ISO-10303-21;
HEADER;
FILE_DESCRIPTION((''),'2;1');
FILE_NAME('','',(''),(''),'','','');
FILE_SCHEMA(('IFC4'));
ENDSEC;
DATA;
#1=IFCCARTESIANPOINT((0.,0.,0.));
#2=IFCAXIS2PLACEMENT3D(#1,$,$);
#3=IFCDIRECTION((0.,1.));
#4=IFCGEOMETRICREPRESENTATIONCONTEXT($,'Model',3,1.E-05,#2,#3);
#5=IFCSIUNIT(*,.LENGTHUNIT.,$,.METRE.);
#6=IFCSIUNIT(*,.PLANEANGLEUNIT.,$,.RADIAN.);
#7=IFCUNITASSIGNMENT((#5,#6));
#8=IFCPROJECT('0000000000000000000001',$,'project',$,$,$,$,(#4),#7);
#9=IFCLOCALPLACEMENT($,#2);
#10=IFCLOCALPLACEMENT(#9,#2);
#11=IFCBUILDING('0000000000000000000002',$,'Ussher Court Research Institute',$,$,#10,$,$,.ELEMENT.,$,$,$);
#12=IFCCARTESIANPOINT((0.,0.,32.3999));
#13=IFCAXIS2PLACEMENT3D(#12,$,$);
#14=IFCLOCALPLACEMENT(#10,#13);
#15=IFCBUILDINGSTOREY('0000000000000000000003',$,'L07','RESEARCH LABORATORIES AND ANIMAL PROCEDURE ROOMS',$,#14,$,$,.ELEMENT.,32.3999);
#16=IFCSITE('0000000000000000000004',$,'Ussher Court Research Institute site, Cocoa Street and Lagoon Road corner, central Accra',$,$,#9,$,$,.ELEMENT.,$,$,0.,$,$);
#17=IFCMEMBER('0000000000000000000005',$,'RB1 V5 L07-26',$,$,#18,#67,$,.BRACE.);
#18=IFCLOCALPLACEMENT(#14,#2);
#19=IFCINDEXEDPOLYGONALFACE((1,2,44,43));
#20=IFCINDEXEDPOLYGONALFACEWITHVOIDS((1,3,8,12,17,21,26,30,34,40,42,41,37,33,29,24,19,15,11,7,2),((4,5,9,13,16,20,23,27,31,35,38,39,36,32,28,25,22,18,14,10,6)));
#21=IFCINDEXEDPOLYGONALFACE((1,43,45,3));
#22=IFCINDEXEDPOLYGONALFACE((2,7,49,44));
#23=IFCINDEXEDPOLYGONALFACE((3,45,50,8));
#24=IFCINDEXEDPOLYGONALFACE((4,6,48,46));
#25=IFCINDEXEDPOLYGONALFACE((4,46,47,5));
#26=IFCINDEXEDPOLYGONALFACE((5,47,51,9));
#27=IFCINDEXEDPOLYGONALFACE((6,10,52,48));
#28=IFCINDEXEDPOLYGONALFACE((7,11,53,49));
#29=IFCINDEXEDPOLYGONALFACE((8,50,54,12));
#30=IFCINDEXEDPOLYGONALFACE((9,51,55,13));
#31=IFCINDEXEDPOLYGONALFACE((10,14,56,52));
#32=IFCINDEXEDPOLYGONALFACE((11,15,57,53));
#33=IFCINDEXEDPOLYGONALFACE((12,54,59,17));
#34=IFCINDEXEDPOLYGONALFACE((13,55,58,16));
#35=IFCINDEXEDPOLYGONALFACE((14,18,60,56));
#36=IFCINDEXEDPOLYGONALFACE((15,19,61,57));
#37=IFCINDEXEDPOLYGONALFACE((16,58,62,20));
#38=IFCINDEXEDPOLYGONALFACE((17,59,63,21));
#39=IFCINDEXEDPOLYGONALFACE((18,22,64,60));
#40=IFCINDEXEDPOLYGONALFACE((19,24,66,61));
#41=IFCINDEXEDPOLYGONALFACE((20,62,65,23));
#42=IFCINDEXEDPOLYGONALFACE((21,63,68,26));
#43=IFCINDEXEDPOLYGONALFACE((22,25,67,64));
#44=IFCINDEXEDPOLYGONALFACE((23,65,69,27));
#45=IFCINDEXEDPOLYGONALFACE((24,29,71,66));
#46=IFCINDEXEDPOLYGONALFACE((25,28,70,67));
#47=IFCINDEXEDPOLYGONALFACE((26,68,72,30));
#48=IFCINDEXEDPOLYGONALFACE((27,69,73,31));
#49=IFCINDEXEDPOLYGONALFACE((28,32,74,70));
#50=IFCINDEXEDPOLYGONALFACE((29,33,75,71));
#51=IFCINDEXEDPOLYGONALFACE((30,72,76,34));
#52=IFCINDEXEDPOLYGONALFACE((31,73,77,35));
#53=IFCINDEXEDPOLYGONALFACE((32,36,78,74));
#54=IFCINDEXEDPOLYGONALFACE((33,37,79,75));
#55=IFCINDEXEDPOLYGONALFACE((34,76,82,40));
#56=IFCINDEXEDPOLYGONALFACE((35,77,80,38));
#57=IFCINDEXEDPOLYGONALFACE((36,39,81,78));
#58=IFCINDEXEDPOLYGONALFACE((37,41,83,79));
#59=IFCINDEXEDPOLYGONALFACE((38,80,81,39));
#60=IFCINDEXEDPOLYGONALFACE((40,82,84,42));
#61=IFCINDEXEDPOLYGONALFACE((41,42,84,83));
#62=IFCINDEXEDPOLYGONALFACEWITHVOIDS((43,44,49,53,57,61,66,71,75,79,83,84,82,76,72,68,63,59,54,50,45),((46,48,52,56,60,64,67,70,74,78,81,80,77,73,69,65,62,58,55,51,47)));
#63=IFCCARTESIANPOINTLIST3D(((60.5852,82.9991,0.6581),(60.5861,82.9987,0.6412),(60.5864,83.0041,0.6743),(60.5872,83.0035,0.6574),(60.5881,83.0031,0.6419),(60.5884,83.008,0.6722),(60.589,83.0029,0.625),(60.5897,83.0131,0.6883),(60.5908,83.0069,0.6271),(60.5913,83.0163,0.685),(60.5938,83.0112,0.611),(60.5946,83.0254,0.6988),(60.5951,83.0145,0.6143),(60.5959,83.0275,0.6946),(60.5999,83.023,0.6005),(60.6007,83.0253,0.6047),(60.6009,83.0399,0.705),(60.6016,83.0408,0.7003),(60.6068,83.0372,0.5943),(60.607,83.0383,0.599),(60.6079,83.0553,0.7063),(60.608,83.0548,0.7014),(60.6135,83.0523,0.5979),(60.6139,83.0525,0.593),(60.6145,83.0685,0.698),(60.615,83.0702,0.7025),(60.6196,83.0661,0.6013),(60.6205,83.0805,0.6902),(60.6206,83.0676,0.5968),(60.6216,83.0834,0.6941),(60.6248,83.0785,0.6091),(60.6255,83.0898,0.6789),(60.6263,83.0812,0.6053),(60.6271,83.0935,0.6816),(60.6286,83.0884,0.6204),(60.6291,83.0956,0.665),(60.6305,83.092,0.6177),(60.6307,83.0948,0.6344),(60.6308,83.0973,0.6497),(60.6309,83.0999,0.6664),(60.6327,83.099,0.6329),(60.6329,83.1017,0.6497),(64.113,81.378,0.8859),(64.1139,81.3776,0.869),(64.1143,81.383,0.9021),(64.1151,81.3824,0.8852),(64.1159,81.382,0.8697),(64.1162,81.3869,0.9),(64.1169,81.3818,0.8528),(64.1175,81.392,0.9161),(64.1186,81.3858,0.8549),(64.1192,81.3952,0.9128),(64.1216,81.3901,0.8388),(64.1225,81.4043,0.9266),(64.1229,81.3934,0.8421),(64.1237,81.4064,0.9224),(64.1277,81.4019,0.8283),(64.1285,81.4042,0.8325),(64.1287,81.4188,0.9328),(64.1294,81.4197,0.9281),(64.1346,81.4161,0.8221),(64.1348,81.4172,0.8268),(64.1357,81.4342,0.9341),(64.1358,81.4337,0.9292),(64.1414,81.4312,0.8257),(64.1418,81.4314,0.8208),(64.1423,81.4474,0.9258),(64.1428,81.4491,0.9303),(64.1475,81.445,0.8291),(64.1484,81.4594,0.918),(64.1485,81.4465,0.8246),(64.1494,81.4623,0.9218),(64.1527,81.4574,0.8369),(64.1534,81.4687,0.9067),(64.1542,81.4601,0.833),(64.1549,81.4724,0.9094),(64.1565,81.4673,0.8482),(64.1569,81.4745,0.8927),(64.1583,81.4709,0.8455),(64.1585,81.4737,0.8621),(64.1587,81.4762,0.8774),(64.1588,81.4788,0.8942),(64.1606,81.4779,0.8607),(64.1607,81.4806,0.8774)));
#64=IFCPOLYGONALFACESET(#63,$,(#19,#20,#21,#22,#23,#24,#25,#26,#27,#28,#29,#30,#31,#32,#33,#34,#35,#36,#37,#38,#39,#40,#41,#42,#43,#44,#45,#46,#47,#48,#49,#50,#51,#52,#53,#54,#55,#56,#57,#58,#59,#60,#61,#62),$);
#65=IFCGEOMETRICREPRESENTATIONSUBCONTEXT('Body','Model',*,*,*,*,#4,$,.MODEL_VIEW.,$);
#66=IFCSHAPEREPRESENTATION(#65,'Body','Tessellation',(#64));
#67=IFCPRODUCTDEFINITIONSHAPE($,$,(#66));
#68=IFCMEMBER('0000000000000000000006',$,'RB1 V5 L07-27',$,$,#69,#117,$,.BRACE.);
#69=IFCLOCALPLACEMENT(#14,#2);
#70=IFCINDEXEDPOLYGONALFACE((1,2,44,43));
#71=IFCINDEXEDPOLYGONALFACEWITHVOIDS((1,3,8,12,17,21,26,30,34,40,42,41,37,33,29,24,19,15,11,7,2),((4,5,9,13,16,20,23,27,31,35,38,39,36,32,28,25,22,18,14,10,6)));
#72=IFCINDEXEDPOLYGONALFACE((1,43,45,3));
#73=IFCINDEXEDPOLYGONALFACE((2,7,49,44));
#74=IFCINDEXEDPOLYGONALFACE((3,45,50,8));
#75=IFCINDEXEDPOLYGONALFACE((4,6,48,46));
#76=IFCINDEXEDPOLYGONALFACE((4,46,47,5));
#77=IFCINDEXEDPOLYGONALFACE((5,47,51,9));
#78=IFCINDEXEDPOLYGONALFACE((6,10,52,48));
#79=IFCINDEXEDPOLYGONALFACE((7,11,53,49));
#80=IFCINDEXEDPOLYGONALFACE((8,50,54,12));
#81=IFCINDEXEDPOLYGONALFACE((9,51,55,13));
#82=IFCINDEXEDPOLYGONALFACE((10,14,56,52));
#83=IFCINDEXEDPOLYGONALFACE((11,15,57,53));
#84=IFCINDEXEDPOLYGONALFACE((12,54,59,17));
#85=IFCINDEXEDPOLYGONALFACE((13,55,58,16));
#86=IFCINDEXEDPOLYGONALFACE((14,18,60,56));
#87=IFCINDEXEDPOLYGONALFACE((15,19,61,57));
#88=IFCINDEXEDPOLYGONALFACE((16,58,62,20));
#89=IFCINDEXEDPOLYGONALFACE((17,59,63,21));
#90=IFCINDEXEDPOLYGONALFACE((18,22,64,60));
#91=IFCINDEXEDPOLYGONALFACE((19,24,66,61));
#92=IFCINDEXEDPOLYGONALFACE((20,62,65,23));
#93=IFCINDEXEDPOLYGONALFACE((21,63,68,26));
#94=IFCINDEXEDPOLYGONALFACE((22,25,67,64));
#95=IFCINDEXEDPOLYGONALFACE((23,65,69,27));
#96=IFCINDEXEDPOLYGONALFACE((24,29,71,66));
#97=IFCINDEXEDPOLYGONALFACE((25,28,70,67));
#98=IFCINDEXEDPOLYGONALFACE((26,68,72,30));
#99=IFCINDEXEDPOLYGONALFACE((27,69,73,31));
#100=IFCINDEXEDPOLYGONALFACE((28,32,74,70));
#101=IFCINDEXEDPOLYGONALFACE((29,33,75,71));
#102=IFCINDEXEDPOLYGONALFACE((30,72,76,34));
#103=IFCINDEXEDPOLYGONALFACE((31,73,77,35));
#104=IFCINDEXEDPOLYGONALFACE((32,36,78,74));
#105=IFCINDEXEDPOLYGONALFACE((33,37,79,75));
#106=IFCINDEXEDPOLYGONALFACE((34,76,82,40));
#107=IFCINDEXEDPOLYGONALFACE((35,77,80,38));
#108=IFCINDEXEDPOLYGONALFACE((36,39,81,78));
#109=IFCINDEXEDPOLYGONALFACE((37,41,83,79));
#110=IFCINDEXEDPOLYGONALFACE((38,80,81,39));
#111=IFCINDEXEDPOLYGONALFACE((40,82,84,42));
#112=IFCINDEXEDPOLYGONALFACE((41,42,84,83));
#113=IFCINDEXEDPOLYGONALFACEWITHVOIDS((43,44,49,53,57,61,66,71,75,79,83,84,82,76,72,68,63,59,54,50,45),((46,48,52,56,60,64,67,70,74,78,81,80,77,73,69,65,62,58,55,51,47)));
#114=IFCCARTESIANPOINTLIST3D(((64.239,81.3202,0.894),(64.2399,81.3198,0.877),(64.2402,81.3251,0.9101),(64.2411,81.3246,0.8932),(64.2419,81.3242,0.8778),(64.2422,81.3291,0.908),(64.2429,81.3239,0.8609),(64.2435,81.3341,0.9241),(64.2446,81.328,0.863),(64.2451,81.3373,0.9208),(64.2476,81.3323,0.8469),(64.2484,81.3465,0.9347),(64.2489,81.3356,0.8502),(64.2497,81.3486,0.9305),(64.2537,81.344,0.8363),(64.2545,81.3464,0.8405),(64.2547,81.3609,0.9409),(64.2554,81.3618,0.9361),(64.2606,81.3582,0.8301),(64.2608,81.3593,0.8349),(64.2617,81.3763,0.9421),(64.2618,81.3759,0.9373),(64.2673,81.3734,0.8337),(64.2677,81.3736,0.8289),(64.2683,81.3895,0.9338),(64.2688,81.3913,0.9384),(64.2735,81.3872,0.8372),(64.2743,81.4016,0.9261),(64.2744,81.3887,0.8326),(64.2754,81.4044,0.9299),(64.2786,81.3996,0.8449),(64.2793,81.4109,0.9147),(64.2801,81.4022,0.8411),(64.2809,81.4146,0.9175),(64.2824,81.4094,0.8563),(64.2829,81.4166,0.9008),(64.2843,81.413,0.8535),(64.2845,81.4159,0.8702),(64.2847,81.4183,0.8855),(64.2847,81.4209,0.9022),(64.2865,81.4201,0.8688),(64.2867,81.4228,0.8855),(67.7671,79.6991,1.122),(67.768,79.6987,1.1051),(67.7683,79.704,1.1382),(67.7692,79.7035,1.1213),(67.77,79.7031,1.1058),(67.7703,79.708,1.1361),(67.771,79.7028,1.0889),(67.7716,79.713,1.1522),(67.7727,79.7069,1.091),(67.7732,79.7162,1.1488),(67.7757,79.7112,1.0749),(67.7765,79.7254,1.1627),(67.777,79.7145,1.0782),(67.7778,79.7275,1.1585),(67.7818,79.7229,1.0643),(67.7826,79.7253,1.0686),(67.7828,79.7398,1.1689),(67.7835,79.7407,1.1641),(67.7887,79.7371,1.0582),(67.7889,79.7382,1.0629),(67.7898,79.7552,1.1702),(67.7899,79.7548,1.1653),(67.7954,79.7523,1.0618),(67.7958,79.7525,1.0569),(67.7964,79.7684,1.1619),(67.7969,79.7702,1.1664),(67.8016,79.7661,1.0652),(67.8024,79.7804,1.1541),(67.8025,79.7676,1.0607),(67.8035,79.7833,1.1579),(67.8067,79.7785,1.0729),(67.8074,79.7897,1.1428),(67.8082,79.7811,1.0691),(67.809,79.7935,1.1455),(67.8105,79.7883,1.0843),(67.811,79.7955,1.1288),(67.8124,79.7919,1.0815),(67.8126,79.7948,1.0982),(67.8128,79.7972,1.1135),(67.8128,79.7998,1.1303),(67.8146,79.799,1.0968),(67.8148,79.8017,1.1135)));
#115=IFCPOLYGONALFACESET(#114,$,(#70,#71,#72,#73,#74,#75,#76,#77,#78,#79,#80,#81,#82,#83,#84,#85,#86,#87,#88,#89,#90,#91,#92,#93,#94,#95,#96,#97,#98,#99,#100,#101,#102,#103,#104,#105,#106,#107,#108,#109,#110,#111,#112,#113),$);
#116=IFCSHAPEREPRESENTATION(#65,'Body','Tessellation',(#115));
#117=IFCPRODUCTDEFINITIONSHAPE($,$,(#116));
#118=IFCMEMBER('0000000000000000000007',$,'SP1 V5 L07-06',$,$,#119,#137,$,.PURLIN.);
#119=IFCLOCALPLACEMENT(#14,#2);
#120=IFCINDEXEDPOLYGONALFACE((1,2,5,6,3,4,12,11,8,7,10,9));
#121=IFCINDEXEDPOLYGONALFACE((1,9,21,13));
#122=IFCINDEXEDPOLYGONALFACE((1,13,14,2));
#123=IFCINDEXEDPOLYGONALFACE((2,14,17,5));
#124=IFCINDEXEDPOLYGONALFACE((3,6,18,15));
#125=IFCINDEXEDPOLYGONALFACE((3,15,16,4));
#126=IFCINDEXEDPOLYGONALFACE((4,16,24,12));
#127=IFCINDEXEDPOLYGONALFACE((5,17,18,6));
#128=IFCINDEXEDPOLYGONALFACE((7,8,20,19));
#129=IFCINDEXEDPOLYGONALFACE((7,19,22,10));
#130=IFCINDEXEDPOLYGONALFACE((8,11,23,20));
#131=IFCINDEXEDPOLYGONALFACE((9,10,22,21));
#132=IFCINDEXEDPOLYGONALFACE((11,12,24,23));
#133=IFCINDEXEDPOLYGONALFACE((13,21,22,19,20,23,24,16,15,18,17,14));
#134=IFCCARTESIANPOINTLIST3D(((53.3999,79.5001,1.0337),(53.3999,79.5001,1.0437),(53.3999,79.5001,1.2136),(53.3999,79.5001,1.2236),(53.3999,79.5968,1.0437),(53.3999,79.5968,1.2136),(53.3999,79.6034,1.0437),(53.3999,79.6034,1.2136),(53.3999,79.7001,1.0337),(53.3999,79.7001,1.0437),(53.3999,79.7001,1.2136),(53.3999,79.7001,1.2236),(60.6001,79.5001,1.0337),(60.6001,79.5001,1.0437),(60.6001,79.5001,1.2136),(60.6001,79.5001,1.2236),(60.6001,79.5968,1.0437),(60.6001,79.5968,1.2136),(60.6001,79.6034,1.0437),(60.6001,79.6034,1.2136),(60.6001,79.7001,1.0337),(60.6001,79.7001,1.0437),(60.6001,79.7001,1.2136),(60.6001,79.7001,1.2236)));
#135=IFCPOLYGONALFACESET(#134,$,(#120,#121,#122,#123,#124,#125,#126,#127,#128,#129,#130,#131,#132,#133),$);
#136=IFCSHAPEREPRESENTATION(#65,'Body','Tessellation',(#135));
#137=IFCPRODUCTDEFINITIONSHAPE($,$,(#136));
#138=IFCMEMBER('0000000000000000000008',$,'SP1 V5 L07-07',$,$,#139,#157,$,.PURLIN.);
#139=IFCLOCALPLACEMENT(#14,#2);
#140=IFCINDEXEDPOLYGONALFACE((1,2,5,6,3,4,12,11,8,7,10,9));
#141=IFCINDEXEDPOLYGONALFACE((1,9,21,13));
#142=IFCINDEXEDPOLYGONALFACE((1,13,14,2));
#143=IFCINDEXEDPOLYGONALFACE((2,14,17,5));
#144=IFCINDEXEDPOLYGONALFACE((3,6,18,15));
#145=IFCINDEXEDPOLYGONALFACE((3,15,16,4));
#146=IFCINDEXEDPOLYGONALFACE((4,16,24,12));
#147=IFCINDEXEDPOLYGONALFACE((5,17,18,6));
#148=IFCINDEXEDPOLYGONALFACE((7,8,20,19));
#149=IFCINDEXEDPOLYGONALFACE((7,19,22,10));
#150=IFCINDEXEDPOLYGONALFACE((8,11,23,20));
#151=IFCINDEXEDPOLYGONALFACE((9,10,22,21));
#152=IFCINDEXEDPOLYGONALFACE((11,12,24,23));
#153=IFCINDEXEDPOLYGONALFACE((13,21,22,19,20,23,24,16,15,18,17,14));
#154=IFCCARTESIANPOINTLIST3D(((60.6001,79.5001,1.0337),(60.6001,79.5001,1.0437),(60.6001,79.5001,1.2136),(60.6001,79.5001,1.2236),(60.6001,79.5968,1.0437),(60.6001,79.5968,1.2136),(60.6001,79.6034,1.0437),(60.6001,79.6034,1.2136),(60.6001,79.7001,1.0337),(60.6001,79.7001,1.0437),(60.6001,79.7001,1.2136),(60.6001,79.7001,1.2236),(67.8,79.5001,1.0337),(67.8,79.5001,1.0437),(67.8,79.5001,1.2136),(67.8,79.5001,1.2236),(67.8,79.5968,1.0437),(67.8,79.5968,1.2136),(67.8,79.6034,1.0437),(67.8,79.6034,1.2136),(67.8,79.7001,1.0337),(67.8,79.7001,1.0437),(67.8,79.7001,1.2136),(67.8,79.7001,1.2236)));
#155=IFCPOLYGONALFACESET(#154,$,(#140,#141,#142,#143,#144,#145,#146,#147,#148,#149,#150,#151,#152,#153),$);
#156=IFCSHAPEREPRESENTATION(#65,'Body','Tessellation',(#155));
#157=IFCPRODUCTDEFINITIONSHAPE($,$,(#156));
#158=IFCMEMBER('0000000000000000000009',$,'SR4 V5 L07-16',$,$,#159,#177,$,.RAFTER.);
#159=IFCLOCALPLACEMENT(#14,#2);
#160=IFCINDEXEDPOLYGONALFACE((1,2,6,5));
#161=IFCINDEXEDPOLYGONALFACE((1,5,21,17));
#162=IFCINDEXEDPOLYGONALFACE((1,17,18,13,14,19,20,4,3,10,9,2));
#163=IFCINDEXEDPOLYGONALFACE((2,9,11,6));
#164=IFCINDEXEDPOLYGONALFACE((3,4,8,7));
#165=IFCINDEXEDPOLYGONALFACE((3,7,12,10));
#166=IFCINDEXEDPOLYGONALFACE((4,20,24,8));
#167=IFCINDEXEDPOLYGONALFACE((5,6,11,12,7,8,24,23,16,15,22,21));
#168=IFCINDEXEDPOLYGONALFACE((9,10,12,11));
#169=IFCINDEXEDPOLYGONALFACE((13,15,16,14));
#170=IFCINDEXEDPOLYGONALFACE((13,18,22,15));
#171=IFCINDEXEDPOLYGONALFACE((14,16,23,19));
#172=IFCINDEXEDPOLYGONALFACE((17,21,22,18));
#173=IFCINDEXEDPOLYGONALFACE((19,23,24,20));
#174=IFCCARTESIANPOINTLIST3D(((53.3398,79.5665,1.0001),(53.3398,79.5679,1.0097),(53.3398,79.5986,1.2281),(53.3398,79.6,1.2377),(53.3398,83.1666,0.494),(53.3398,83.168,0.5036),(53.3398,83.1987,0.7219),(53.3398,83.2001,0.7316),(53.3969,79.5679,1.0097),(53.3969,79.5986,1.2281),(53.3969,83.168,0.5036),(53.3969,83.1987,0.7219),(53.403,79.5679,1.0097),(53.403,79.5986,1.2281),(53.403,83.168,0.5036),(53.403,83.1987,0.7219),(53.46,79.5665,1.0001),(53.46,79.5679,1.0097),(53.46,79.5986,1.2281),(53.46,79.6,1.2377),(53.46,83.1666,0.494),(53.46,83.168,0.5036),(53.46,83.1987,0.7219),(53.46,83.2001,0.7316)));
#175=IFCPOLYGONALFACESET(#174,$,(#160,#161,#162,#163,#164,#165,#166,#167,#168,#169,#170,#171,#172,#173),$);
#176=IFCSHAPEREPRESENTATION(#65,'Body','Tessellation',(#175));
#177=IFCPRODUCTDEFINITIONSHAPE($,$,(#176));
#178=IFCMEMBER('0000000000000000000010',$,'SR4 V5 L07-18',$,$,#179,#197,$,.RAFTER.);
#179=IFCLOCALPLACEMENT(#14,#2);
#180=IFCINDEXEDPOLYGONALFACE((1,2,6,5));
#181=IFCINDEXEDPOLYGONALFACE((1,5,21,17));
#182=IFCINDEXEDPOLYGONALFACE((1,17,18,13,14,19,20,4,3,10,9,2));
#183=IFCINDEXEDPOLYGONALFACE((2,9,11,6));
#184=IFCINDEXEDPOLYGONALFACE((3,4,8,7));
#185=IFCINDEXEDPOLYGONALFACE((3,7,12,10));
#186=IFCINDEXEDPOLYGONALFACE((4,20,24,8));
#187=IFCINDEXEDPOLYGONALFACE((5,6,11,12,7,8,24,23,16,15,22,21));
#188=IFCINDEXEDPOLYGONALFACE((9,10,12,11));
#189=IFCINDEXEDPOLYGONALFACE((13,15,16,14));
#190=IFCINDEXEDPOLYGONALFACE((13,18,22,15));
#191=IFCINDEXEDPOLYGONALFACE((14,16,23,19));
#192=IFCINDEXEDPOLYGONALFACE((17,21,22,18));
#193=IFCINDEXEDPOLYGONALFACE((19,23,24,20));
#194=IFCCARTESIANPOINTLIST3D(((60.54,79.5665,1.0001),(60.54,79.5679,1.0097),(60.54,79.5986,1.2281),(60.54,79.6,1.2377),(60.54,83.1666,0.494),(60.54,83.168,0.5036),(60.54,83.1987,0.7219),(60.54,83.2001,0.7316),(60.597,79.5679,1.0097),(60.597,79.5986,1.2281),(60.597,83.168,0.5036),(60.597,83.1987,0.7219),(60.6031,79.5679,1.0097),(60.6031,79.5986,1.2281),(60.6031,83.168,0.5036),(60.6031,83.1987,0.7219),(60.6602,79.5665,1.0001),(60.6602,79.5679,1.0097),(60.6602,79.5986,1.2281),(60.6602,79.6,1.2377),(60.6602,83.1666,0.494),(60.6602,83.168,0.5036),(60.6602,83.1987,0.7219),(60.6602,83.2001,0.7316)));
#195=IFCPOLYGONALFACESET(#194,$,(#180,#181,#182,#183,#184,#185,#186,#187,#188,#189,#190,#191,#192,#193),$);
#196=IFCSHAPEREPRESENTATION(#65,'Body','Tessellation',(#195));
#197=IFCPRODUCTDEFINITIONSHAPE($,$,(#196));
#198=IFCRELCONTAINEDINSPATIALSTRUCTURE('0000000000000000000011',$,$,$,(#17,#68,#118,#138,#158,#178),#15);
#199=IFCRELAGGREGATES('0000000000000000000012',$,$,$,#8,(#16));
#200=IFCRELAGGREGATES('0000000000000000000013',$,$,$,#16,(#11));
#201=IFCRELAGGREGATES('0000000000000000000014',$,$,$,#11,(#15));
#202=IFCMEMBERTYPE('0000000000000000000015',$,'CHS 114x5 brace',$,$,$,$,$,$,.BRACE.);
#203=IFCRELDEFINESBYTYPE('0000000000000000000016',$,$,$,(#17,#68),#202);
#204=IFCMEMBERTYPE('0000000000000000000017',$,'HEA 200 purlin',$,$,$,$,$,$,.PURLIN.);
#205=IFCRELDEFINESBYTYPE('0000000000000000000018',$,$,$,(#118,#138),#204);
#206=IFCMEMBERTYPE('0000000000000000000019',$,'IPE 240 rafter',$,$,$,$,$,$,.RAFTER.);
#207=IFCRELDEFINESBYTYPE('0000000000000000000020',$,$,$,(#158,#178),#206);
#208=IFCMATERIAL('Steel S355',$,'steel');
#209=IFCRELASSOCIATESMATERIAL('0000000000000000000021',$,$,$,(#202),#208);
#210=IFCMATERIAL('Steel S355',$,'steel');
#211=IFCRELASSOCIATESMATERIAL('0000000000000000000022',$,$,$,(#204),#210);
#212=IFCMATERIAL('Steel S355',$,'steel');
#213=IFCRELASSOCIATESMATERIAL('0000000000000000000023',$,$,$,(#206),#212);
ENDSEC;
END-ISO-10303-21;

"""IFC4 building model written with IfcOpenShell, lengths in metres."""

from ifc_helpers import new_model, si_unit, direction, frame, origin, origin_2d, place, context, subcontext, project, spatial, hollow_circle, i_section, extrude, material, material_profile, profile_set, type_object, element, save


model = new_model("IFC4")

# Units and contexts
model_context = context("Model", 3, precision=1e-05, world=origin(), true_north=direction((0.0, 1.0)))
body_context = subcontext(model_context, "Body", "Model", "MODEL_VIEW")
ifc_project = project(units=[si_unit("LENGTHUNIT", "METRE"), si_unit("PLANEANGLEUNIT", "RADIAN")], contexts=[model_context])

# Site, building, storey
site_placement = place(None, origin())
site = spatial("IfcSite", under=ifc_project, at=site_placement, Name="Ussher Court Research Institute site, Cocoa Street and Lagoon Road corner, central Accra", CompositionType="ELEMENT", RefElevation=0.0)
building_placement = place(site_placement, origin())
building = spatial("IfcBuilding", under=site, at=building_placement, Name="Ussher Court Research Institute", CompositionType="ELEMENT")
storey_placement = place(building_placement, frame((0.0, 0.0, 32.3999)))
storey = spatial("IfcBuildingStorey", under=building, at=storey_placement, Name="L07", Description="RESEARCH LABORATORIES AND ANIMAL PROCEDURE ROOMS", CompositionType="ELEMENT", Elevation=32.3999)

# Members
ifc_material_1 = material(Name="Steel S355", Category="steel")
ifc_material_profile_1 = material_profile(ifc_material_1, hollow_circle(Radius=0.0569, WallThickness=0.0049, at=origin_2d()), Name="CHS 114x5")
ifc_profile_set_1 = profile_set([ifc_material_profile_1], Name="Steel S355")
member_type_1 = type_object("IfcMemberType", Name="CHS 114x5 brace", PredefinedType="BRACE", material=ifc_profile_set_1)
member_1_placement = place(storey_placement, frame((60.6091, 83.05, 0.6497), z_axis=(0.907098, -0.416826, 0.058569), x_axis=(0.417542, 0.908658, 0.0)))
element("IfcMember", 1, at=member_1_placement, inside=storey, type_object=member_type_1, Name="RB1 V5 L07-26", PredefinedType="BRACE", context=body_context, shape_type="SweptSolid", body=[
    extrude(hollow_circle(Radius=0.0569, WallThickness=0.0049, at=origin_2d()), origin(), (0.0, 0.0, 1.0), 3.8892),
])
member_2_placement = place(storey_placement, frame((64.2629, 81.3711, 0.8855), z_axis=(0.907105, -0.4168, 0.058628), x_axis=(0.417518, 0.908668, 0.0)))
element("IfcMember", 2, at=member_2_placement, inside=storey, type_object=member_type_1, Name="RB1 V5 L07-27", PredefinedType="BRACE", context=body_context, shape_type="SweptSolid", body=[
    extrude(hollow_circle(Radius=0.0569, WallThickness=0.0049, at=origin_2d()), origin(), (0.0, 0.0, 1.0), 3.8894),
])
ifc_material_2 = material(Name="Steel S355", Category="steel")
ifc_material_profile_2 = material_profile(ifc_material_2, i_section(OverallWidth=0.2, OverallDepth=0.1899, WebThickness=0.0066, FlangeThickness=0.01, at=origin_2d()), Name="HEA 200")
ifc_profile_set_2 = profile_set([ifc_material_profile_2], Name="Steel S355")
member_type_2 = type_object("IfcMemberType", Name="HEA 200 purlin", PredefinedType="PURLIN", material=ifc_profile_set_2)
member_3_placement = place(storey_placement, frame((53.3999, 79.6001, 1.1287), z_axis=(1.0, 0.0, 0.0), x_axis=(0.0, 1.0, 0.0)))
element("IfcMember", 3, at=member_3_placement, inside=storey, type_object=member_type_2, Name="SP1 V5 L07-06", PredefinedType="PURLIN", context=body_context, shape_type="SweptSolid", body=[
    extrude(i_section(OverallWidth=0.2, OverallDepth=0.1899, WebThickness=0.0066, FlangeThickness=0.01, at=origin_2d()), origin(), (0.0, 0.0, 1.0), 7.2002),
])
member_4_placement = place(storey_placement, frame((60.6001, 79.6001, 1.1287), z_axis=(1.0, 0.0, 0.0), x_axis=(0.0, 1.0, 0.0)))
element("IfcMember", 4, at=member_4_placement, inside=storey, type_object=member_type_2, Name="SP1 V5 L07-07", PredefinedType="PURLIN", context=body_context, shape_type="SweptSolid", body=[
    extrude(i_section(OverallWidth=0.2, OverallDepth=0.1899, WebThickness=0.0066, FlangeThickness=0.01, at=origin_2d()), origin(), (0.0, 0.0, 1.0), 7.2),
])
ifc_material_3 = material(Name="Steel S355", Category="steel")
ifc_material_profile_3 = material_profile(ifc_material_3, i_section(OverallWidth=0.1201, OverallDepth=0.24, WebThickness=0.0061, FlangeThickness=0.0098, at=origin_2d()), Name="IPE 240")
ifc_profile_set_3 = profile_set([ifc_material_profile_3], Name="Steel S355")
member_type_3 = type_object("IfcMemberType", Name="IPE 240 rafter", PredefinedType="RAFTER", material=ifc_profile_set_3)
for number, where, z_axis, x_axis, name in (
    (5, (53.3999, 79.5833, 1.1189), (0.0, 0.990263, -0.139212), (-1.0, 0.0, 0.0), "SR4 V5 L07-16"),
    (6, (60.6001, 79.5833, 1.1189), (0.0, 0.990263, -0.139212), (-1.0, 0.0, 0.0), "SR4 V5 L07-18"),
):
    element("IfcMember", number, at=place(storey_placement, frame(where, z_axis=z_axis, x_axis=x_axis)), inside=storey, type_object=member_type_3, Name=name, PredefinedType="RAFTER", context=body_context, shape_type="SweptSolid", body=[
        extrude(i_section(OverallWidth=0.1201, OverallDepth=0.24, WebThickness=0.0061, FlangeThickness=0.0098, at=origin_2d()), origin(), (0.0, 0.0, 1.0), 3.6355),
    ])

save(model, "model.ifc")
